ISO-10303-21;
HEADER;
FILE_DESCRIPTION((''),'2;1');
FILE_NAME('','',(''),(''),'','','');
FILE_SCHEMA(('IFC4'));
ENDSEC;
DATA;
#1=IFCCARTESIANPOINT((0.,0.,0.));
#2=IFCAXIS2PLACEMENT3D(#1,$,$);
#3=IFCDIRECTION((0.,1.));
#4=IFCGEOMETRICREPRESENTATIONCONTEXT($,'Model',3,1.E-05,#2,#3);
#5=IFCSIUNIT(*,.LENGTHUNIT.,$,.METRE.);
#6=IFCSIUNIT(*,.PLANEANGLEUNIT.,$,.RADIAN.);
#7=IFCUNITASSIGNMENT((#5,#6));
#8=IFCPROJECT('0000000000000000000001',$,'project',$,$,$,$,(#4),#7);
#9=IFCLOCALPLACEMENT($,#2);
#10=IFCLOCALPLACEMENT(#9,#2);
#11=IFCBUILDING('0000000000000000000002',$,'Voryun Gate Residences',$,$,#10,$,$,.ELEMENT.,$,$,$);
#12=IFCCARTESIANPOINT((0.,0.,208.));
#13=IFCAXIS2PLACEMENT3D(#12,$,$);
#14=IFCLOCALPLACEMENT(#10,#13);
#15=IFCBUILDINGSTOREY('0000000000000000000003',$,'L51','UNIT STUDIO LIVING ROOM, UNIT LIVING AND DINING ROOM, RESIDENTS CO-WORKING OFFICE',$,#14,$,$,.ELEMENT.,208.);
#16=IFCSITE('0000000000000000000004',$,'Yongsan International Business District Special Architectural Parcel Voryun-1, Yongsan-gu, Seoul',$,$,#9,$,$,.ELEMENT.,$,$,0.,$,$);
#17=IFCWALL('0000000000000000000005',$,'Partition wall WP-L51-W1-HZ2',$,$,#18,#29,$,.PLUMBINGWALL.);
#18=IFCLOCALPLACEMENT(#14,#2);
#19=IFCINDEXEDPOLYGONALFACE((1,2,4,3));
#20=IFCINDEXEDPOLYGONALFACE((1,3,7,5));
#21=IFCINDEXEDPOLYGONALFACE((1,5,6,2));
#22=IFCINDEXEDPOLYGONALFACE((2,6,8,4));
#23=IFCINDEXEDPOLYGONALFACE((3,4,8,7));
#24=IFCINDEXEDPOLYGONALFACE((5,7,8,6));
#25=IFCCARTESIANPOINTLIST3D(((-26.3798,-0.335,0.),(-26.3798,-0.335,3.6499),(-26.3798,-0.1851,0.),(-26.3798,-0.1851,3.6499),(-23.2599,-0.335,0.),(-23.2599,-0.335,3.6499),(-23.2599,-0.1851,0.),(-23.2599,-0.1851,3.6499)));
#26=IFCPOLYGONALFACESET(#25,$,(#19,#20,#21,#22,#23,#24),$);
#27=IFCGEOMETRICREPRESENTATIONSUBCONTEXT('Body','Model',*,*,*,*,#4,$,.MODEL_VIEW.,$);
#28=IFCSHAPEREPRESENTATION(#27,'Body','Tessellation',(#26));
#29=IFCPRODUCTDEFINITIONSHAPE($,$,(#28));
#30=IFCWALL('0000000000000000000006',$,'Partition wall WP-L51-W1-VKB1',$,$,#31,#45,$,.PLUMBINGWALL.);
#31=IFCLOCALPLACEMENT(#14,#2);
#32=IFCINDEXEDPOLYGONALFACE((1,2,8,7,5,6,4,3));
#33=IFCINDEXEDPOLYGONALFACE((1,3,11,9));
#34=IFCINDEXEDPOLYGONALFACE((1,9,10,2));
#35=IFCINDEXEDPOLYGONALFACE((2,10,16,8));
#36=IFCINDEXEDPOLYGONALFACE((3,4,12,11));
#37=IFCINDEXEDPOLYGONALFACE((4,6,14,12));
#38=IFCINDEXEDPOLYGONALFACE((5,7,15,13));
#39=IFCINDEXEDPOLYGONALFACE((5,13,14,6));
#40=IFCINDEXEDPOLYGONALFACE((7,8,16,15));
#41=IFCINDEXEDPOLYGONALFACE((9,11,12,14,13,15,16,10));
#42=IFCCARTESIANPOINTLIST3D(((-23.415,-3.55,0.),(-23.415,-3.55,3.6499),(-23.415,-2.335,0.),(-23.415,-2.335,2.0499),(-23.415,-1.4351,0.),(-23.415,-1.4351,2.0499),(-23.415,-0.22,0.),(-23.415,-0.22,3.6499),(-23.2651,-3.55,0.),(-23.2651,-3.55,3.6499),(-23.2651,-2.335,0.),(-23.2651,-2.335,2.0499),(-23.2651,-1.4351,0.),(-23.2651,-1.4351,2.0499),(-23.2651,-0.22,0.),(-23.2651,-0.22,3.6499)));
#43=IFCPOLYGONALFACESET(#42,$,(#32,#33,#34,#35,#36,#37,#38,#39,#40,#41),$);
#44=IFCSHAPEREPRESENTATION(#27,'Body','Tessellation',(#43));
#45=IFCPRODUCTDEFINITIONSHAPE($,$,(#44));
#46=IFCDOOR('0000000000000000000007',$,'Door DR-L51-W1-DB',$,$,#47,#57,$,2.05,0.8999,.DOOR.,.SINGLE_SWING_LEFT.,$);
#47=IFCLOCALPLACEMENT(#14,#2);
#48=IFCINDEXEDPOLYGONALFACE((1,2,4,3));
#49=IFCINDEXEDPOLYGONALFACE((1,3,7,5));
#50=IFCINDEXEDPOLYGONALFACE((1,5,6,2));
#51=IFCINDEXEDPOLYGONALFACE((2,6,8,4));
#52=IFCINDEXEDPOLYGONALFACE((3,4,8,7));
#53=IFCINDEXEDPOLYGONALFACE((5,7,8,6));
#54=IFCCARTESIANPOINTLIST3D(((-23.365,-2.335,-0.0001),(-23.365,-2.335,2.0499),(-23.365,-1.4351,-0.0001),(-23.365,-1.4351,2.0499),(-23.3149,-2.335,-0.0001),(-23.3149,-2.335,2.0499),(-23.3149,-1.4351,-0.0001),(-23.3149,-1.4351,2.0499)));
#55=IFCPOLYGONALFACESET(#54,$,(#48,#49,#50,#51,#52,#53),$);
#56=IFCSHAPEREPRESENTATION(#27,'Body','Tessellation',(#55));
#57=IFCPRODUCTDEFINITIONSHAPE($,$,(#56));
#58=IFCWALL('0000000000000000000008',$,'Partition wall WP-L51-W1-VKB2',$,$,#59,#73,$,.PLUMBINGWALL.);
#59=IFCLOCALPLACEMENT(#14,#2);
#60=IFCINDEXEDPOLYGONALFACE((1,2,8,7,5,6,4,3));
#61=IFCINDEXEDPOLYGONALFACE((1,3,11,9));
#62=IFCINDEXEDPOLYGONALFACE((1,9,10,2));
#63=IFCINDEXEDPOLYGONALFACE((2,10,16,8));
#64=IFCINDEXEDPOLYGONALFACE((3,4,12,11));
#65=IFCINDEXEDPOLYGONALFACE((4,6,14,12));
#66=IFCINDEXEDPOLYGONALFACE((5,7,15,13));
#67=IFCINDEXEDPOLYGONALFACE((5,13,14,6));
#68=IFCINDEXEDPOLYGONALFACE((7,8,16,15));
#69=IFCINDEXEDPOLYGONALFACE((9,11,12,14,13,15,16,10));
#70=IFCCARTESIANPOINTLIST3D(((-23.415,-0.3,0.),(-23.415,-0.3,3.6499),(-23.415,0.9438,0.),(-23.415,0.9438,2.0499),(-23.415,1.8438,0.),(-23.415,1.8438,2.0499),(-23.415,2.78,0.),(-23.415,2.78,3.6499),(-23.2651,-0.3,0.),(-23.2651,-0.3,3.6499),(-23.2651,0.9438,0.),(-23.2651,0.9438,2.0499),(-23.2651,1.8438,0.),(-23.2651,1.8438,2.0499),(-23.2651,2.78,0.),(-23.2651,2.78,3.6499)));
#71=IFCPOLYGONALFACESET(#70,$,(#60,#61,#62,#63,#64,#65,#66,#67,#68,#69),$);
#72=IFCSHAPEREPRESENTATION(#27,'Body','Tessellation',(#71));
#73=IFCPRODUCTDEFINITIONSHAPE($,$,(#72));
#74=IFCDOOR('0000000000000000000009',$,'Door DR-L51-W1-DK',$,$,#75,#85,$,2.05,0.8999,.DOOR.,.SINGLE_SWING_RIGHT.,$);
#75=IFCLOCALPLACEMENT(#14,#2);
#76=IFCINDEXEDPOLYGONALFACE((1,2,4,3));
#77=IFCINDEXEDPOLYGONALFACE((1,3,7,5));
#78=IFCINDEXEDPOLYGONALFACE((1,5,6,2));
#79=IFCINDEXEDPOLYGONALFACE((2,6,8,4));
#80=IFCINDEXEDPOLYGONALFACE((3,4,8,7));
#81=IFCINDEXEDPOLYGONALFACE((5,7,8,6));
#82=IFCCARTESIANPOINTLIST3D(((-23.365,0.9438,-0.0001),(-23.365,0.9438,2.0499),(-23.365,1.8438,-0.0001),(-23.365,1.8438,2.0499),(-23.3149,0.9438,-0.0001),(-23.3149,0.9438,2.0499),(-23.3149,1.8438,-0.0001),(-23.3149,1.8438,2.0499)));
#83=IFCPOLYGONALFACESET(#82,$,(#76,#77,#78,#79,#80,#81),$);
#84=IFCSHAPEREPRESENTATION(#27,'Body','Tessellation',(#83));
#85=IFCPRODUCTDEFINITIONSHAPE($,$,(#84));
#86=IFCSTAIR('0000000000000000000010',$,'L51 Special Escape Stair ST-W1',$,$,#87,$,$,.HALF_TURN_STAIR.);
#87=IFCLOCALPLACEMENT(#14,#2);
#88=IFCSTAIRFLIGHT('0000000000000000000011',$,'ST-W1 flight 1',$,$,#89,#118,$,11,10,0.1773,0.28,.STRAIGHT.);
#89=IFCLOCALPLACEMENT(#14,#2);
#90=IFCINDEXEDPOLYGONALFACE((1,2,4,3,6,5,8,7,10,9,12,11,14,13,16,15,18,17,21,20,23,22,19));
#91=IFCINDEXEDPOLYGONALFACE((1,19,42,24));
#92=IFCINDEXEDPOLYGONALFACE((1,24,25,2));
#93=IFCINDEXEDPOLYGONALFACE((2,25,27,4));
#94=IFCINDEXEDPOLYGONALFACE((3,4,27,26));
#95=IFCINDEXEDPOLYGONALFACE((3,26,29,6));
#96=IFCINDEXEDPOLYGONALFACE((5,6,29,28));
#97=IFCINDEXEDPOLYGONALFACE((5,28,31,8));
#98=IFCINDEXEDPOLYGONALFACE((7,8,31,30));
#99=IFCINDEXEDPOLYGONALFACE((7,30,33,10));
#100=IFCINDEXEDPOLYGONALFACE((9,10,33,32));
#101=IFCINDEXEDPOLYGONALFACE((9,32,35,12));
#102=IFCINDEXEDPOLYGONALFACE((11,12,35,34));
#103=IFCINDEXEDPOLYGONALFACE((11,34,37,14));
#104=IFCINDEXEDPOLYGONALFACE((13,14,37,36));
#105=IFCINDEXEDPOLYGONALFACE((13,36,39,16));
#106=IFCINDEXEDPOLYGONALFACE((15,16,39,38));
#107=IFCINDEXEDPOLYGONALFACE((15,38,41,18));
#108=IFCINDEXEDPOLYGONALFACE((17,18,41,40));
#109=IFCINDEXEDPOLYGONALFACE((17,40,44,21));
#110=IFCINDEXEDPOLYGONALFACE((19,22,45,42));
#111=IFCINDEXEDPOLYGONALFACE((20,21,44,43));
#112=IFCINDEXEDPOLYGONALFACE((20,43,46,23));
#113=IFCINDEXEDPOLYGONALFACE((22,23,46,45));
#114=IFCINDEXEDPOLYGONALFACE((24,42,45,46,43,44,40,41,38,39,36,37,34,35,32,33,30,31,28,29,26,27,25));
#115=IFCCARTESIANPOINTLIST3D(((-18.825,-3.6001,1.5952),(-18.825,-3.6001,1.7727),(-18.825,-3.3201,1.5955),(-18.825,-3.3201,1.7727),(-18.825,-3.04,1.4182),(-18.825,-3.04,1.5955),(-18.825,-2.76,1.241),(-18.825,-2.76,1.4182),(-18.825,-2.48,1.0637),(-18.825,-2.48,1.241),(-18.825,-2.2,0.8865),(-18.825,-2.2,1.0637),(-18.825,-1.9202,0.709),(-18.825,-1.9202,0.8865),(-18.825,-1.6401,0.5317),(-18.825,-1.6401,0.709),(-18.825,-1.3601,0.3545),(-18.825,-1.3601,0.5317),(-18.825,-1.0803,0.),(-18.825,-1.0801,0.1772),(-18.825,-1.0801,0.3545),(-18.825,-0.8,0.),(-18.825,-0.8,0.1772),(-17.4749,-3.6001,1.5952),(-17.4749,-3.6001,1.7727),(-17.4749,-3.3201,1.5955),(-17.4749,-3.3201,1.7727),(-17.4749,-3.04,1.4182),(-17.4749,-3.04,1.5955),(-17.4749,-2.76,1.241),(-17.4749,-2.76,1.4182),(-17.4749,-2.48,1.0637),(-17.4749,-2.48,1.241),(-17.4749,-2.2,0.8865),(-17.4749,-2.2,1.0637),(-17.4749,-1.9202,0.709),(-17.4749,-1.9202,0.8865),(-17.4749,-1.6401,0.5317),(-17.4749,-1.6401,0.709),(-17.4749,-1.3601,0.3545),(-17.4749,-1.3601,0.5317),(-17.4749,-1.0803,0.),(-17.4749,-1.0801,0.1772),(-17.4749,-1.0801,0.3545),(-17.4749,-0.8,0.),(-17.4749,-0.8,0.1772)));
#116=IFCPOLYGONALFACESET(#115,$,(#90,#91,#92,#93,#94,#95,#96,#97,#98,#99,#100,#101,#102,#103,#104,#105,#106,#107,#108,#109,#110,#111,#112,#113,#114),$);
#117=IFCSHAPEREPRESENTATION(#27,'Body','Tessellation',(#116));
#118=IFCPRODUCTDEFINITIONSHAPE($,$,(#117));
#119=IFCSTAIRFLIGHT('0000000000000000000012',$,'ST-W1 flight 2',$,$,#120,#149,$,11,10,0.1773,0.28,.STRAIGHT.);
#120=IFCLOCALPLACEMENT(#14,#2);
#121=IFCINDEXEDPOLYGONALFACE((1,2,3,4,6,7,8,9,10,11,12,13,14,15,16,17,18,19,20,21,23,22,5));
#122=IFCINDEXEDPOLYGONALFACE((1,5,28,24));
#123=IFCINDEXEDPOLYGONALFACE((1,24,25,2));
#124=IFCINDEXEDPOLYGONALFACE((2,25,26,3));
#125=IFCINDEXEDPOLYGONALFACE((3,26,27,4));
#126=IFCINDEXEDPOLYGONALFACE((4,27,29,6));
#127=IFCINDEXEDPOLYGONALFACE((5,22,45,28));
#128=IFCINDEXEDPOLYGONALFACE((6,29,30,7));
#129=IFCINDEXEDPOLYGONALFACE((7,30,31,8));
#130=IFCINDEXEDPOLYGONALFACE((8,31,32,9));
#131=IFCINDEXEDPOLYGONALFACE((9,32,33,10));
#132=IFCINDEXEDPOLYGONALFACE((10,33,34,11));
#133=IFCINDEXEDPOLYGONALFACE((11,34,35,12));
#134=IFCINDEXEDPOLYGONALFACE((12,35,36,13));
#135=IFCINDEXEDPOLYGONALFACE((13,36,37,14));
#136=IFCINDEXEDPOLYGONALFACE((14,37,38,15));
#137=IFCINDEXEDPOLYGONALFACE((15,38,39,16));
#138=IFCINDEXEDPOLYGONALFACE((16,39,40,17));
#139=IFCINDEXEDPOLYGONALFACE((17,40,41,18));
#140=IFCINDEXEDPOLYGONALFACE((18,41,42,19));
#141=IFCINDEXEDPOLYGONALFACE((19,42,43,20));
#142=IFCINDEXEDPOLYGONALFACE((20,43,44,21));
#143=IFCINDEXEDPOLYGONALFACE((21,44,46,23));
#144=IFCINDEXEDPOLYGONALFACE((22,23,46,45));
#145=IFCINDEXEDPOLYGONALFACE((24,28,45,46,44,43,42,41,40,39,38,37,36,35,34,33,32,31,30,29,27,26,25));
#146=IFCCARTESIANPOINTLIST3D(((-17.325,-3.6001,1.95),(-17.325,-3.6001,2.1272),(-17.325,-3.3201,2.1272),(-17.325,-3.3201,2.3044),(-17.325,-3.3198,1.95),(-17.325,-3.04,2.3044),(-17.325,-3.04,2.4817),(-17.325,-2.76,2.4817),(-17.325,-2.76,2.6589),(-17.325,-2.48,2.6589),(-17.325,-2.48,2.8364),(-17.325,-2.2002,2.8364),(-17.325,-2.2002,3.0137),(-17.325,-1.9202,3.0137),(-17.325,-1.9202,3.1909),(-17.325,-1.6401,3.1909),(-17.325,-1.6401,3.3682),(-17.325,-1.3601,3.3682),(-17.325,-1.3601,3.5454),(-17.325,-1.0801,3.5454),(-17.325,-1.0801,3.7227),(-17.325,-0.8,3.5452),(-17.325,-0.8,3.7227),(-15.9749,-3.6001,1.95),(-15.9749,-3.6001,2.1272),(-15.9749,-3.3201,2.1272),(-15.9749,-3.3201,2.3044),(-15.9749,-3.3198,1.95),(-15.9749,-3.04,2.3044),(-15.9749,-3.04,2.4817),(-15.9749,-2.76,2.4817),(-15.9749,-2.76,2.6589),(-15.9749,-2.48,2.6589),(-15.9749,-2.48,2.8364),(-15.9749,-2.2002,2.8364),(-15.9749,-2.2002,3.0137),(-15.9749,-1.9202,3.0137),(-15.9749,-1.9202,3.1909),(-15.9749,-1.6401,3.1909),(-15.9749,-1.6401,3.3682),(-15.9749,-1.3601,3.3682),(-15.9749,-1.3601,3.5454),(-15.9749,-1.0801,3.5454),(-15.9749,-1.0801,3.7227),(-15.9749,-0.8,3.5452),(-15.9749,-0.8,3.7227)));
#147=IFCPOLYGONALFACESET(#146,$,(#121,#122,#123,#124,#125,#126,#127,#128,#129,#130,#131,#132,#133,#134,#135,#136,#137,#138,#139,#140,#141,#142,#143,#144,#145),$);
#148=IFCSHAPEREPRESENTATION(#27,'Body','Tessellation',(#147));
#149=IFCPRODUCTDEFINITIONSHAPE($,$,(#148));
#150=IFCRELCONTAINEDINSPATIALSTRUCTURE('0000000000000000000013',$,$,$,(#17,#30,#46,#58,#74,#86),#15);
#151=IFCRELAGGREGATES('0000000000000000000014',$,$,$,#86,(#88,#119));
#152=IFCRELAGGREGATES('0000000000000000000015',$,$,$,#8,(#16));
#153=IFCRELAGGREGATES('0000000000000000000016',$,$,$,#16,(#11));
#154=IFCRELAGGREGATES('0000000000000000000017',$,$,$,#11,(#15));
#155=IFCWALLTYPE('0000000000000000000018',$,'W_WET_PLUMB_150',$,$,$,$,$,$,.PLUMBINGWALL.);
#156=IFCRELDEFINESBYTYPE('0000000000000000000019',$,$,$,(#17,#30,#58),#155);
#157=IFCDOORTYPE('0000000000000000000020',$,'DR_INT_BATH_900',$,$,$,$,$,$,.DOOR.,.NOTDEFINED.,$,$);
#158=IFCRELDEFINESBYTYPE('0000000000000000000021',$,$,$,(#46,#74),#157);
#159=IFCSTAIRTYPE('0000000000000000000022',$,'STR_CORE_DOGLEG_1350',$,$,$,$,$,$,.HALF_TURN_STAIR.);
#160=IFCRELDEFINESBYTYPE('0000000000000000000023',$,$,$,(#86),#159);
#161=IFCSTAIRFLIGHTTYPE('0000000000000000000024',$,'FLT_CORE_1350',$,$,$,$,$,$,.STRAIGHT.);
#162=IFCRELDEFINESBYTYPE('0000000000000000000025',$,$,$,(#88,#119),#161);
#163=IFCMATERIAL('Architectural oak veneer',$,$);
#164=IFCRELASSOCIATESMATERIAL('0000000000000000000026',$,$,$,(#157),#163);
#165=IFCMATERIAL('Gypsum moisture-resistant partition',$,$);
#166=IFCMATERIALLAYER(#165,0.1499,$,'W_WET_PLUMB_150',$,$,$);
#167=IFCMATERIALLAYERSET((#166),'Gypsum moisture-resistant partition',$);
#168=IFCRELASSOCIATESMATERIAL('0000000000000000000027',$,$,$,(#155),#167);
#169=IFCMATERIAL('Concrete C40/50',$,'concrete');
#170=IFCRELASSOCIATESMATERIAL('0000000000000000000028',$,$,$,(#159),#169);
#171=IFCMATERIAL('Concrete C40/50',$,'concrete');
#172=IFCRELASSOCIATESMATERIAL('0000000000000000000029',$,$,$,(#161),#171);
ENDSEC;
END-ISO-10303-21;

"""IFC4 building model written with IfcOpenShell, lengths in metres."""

from ifc_helpers import new_model, si_unit, direction, frame, frame_2d, origin, place, context, subcontext, project, spatial, polyline, rectangle, outline, extrude, material, layer, layer_set, type_object, element, fill, aggregate, save


model = new_model("IFC4")

# Units and contexts
model_context = context("Model", 3, precision=1e-05, world=origin(), true_north=direction((0.0, 1.0)))
body_context = subcontext(model_context, "Body", "Model", "MODEL_VIEW")
ifc_project = project(units=[si_unit("LENGTHUNIT", "METRE"), si_unit("PLANEANGLEUNIT", "RADIAN")], contexts=[model_context])

# Site, building, storey
site_placement = place(None, origin())
site = spatial("IfcSite", under=ifc_project, at=site_placement, Name="Yongsan International Business District Special Architectural Parcel Voryun-1, Yongsan-gu, Seoul", CompositionType="ELEMENT", RefElevation=0.0)
building_placement = place(site_placement, origin())
building = spatial("IfcBuilding", under=site, at=building_placement, Name="Voryun Gate Residences", CompositionType="ELEMENT")
storey_placement = place(building_placement, frame((0.0, 0.0, 208.0)))
storey = spatial("IfcBuildingStorey", under=building, at=storey_placement, Name="L51", Description="UNIT STUDIO LIVING ROOM, UNIT LIVING AND DINING ROOM, RESIDENTS CO-WORKING OFFICE", CompositionType="ELEMENT", Elevation=208.0)

# Shared definitions
ifc_material_1 = material(Name="Architectural oak veneer")
door_type_1 = type_object("IfcDoorType", Name="DR_INT_BATH_900", OperationType="NOTDEFINED", PredefinedType="DOOR", material=ifc_material_1)

# Wall
ifc_material_2 = material(Name="Gypsum moisture-resistant partition")
ifc_layer_1 = layer(ifc_material_2, 0.1499, Name="W_WET_PLUMB_150")
ifc_layer_set_1 = layer_set([ifc_layer_1], Name="Gypsum moisture-resistant partition")
wall_type_1 = type_object("IfcWallType", Name="W_WET_PLUMB_150", PredefinedType="PLUMBINGWALL", material=ifc_layer_set_1)
wall_1_placement = place(storey_placement, frame((-26.3799, -0.26, 0.0), z_axis=(0.0, 0.0, 1.0), x_axis=(1.0, 0.0, 0.0)))
element("IfcWall", 1, at=wall_1_placement, inside=storey, type_object=wall_type_1, Name="Partition wall WP-L51-W1-HZ2", PredefinedType="PLUMBINGWALL", context=body_context, shape_type="SweptSolid", body=[
    extrude(rectangle(XDim=3.1199, YDim=0.1499, at=frame_2d((1.5601, 0.0))), origin(), (0.0, 0.0, 1.0), 3.6499),
])

# Walls, openings, doors
wall_2_placement = place(storey_placement, frame((-23.3401, -3.55, 0.0), z_axis=(0.0, 0.0, 1.0), x_axis=(0.0, 1.0, 0.0)))
wall_2 = element("IfcWall", 2, at=wall_2_placement, inside=storey, type_object=wall_type_1, Name="Partition wall WP-L51-W1-VKB1", PredefinedType="PLUMBINGWALL", context=body_context, shape_type="SweptSolid", body=[
    extrude(rectangle(XDim=3.3301, YDim=0.1499, at=frame_2d((1.665, 0.0))), origin(), (0.0, 0.0, 1.0), 3.6499),
])
opening_1_placement = place(wall_2_placement, frame((1.2151, 0.0, 0.0)))
opening_1 = element("IfcOpeningElement", 3, at=opening_1_placement, cuts=wall_2, PredefinedType="OPENING", context=body_context, shape_type="SweptSolid", body=[
    extrude(rectangle(XDim=0.8999, YDim=2.05, at=frame_2d((0.45, 1.0249))), frame((0.0, 0.085, 0.0), z_axis=(0.0, -1.0, 0.0), x_axis=(1.0, 0.0, 0.0)), (0.0, 0.0, 1.0), 0.1699),
])
door_1_placement = place(opening_1_placement, origin())
door_1 = element("IfcDoor", 4, at=door_1_placement, inside=storey, type_object=door_type_1, Name="Door DR-L51-W1-DB", OperationType="SINGLE_SWING_LEFT", OverallHeight=2.05, OverallWidth=0.8999, PredefinedType="DOOR", context=body_context, shape_type="SweptSolid", body=[
    extrude(rectangle(XDim=0.8999, YDim=2.05, at=frame_2d((0.45, 1.0249))), frame((0.0, 0.0249, 0.0), z_axis=(0.0, -1.0, 0.0), x_axis=(1.0, 0.0, 0.0)), (0.0, 0.0, 1.0), 0.05),
])
fill(opening_1, door_1)
wall_3_placement = place(storey_placement, frame((-23.3401, -0.3, 0.0), z_axis=(0.0, 0.0, 1.0), x_axis=(0.0, 1.0, 0.0)))
wall_3 = element("IfcWall", 5, at=wall_3_placement, inside=storey, type_object=wall_type_1, Name="Partition wall WP-L51-W1-VKB2", PredefinedType="PLUMBINGWALL", context=body_context, shape_type="SweptSolid", body=[
    extrude(rectangle(XDim=3.0801, YDim=0.1499, at=frame_2d((1.54, 0.0))), origin(), (0.0, 0.0, 1.0), 3.6499),
])
opening_2_placement = place(wall_3_placement, frame((1.2439, 0.0, 0.0)))
opening_2 = element("IfcOpeningElement", 6, at=opening_2_placement, cuts=wall_3, PredefinedType="OPENING", context=body_context, shape_type="SweptSolid", body=[
    extrude(rectangle(XDim=0.8999, YDim=2.05, at=frame_2d((0.45, 1.0249))), frame((0.0, 0.085, 0.0), z_axis=(0.0, -1.0, 0.0), x_axis=(1.0, 0.0, 0.0)), (0.0, 0.0, 1.0), 0.1699),
])
door_2_placement = place(opening_2_placement, origin())
door_2 = element("IfcDoor", 7, at=door_2_placement, inside=storey, type_object=door_type_1, Name="Door DR-L51-W1-DK", OperationType="SINGLE_SWING_RIGHT", OverallHeight=2.05, OverallWidth=0.8999, PredefinedType="DOOR", context=body_context, shape_type="SweptSolid", body=[
    extrude(rectangle(XDim=0.8999, YDim=2.05, at=frame_2d((0.45, 1.0249))), frame((0.0, 0.0249, 0.0), z_axis=(0.0, -1.0, 0.0), x_axis=(1.0, 0.0, 0.0)), (0.0, 0.0, 1.0), 0.05),
])
fill(opening_2, door_2)

# Stair, stair flights
ifc_material_3 = material(Name="Concrete C40/50", Category="concrete")
stair_type = type_object("IfcStairType", Name="STR_CORE_DOGLEG_1350", PredefinedType="HALF_TURN_STAIR", material=ifc_material_3)
stair_placement = place(storey_placement, origin())
stair = element("IfcStair", 8, at=stair_placement, inside=storey, type_object=stair_type, Name="L51 Special Escape Stair ST-W1", PredefinedType="HALF_TURN_STAIR")
ifc_material_4 = material(Name="Concrete C40/50", Category="concrete")
stair_flight_type = type_object("IfcStairFlightType", Name="FLT_CORE_1350", PredefinedType="STRAIGHT", material=ifc_material_4)
stair_flight_1_placement = place(storey_placement, frame((-18.1499, -0.8, 0.0), z_axis=(0.0, 0.0, 1.0), x_axis=(0.0, -1.0, 0.0)))
stair_flight_1 = element("IfcStairFlight", 9, at=stair_flight_1_placement, type_object=stair_flight_type, Name="ST-W1 flight 1", NumberOfRisers=11, NumberOfTreads=10, PredefinedType="STRAIGHT", RiserHeight=0.1773, TreadLength=0.28, context=body_context, shape_type="SweptSolid", body=[
    extrude(outline(polyline([(0.0, 0.0), (0.0, 0.1772), (0.28, 0.1772), (0.28, 0.3545), (0.5601, 0.3545), (0.5601, 0.5317), (0.8401, 0.5317), (0.8401, 0.709), (1.1201, 0.709), (1.1201, 0.8865), (1.3999, 0.8865), (1.3999, 1.0637), (1.6799, 1.0637), (1.6799, 1.241), (1.96, 1.241), (1.96, 1.4182), (2.24, 1.4182), (2.24, 1.5955), (2.52, 1.5955), (2.52, 1.7727), (2.8, 1.7727), (2.8, 1.95), (2.8, 1.5952), (0.2803, 0.0), (0.0, 0.0)])), frame((0.0, 0.675, 0.0), z_axis=(0.0, -1.0, 0.0), x_axis=(1.0, 0.0, 0.0)), (0.0, 0.0, 1.0), 1.3501),
])
stair_flight_2_placement = place(storey_placement, frame((-16.6499, -3.6001, 1.95), z_axis=(0.0, 0.0, 1.0), x_axis=(0.0, 1.0, 0.0)))
stair_flight_2 = element("IfcStairFlight", 10, at=stair_flight_2_placement, type_object=stair_flight_type, Name="ST-W1 flight 2", NumberOfRisers=11, NumberOfTreads=10, PredefinedType="STRAIGHT", RiserHeight=0.1773, TreadLength=0.28, context=body_context, shape_type="SweptSolid", body=[
    extrude(outline(polyline([(0.0, 0.0), (0.0, 0.1772), (0.28, 0.1772), (0.28, 0.3545), (0.5601, 0.3545), (0.5601, 0.5317), (0.8401, 0.5317), (0.8401, 0.709), (1.1201, 0.709), (1.1201, 0.8865), (1.3999, 0.8865), (1.3999, 1.0637), (1.6799, 1.0637), (1.6799, 1.241), (1.96, 1.241), (1.96, 1.4182), (2.24, 1.4182), (2.24, 1.5955), (2.52, 1.5955), (2.52, 1.7727), (2.8, 1.7727), (2.8, 1.95), (2.8, 1.5952), (0.2803, 0.0), (0.0, 0.0)])), frame((0.0, 0.675, 0.0), z_axis=(0.0, -1.0, 0.0), x_axis=(1.0, 0.0, 0.0)), (0.0, 0.0, 1.0), 1.3501),
])
aggregate(stair, [stair_flight_1, stair_flight_2])

save(model, "model.ifc")
